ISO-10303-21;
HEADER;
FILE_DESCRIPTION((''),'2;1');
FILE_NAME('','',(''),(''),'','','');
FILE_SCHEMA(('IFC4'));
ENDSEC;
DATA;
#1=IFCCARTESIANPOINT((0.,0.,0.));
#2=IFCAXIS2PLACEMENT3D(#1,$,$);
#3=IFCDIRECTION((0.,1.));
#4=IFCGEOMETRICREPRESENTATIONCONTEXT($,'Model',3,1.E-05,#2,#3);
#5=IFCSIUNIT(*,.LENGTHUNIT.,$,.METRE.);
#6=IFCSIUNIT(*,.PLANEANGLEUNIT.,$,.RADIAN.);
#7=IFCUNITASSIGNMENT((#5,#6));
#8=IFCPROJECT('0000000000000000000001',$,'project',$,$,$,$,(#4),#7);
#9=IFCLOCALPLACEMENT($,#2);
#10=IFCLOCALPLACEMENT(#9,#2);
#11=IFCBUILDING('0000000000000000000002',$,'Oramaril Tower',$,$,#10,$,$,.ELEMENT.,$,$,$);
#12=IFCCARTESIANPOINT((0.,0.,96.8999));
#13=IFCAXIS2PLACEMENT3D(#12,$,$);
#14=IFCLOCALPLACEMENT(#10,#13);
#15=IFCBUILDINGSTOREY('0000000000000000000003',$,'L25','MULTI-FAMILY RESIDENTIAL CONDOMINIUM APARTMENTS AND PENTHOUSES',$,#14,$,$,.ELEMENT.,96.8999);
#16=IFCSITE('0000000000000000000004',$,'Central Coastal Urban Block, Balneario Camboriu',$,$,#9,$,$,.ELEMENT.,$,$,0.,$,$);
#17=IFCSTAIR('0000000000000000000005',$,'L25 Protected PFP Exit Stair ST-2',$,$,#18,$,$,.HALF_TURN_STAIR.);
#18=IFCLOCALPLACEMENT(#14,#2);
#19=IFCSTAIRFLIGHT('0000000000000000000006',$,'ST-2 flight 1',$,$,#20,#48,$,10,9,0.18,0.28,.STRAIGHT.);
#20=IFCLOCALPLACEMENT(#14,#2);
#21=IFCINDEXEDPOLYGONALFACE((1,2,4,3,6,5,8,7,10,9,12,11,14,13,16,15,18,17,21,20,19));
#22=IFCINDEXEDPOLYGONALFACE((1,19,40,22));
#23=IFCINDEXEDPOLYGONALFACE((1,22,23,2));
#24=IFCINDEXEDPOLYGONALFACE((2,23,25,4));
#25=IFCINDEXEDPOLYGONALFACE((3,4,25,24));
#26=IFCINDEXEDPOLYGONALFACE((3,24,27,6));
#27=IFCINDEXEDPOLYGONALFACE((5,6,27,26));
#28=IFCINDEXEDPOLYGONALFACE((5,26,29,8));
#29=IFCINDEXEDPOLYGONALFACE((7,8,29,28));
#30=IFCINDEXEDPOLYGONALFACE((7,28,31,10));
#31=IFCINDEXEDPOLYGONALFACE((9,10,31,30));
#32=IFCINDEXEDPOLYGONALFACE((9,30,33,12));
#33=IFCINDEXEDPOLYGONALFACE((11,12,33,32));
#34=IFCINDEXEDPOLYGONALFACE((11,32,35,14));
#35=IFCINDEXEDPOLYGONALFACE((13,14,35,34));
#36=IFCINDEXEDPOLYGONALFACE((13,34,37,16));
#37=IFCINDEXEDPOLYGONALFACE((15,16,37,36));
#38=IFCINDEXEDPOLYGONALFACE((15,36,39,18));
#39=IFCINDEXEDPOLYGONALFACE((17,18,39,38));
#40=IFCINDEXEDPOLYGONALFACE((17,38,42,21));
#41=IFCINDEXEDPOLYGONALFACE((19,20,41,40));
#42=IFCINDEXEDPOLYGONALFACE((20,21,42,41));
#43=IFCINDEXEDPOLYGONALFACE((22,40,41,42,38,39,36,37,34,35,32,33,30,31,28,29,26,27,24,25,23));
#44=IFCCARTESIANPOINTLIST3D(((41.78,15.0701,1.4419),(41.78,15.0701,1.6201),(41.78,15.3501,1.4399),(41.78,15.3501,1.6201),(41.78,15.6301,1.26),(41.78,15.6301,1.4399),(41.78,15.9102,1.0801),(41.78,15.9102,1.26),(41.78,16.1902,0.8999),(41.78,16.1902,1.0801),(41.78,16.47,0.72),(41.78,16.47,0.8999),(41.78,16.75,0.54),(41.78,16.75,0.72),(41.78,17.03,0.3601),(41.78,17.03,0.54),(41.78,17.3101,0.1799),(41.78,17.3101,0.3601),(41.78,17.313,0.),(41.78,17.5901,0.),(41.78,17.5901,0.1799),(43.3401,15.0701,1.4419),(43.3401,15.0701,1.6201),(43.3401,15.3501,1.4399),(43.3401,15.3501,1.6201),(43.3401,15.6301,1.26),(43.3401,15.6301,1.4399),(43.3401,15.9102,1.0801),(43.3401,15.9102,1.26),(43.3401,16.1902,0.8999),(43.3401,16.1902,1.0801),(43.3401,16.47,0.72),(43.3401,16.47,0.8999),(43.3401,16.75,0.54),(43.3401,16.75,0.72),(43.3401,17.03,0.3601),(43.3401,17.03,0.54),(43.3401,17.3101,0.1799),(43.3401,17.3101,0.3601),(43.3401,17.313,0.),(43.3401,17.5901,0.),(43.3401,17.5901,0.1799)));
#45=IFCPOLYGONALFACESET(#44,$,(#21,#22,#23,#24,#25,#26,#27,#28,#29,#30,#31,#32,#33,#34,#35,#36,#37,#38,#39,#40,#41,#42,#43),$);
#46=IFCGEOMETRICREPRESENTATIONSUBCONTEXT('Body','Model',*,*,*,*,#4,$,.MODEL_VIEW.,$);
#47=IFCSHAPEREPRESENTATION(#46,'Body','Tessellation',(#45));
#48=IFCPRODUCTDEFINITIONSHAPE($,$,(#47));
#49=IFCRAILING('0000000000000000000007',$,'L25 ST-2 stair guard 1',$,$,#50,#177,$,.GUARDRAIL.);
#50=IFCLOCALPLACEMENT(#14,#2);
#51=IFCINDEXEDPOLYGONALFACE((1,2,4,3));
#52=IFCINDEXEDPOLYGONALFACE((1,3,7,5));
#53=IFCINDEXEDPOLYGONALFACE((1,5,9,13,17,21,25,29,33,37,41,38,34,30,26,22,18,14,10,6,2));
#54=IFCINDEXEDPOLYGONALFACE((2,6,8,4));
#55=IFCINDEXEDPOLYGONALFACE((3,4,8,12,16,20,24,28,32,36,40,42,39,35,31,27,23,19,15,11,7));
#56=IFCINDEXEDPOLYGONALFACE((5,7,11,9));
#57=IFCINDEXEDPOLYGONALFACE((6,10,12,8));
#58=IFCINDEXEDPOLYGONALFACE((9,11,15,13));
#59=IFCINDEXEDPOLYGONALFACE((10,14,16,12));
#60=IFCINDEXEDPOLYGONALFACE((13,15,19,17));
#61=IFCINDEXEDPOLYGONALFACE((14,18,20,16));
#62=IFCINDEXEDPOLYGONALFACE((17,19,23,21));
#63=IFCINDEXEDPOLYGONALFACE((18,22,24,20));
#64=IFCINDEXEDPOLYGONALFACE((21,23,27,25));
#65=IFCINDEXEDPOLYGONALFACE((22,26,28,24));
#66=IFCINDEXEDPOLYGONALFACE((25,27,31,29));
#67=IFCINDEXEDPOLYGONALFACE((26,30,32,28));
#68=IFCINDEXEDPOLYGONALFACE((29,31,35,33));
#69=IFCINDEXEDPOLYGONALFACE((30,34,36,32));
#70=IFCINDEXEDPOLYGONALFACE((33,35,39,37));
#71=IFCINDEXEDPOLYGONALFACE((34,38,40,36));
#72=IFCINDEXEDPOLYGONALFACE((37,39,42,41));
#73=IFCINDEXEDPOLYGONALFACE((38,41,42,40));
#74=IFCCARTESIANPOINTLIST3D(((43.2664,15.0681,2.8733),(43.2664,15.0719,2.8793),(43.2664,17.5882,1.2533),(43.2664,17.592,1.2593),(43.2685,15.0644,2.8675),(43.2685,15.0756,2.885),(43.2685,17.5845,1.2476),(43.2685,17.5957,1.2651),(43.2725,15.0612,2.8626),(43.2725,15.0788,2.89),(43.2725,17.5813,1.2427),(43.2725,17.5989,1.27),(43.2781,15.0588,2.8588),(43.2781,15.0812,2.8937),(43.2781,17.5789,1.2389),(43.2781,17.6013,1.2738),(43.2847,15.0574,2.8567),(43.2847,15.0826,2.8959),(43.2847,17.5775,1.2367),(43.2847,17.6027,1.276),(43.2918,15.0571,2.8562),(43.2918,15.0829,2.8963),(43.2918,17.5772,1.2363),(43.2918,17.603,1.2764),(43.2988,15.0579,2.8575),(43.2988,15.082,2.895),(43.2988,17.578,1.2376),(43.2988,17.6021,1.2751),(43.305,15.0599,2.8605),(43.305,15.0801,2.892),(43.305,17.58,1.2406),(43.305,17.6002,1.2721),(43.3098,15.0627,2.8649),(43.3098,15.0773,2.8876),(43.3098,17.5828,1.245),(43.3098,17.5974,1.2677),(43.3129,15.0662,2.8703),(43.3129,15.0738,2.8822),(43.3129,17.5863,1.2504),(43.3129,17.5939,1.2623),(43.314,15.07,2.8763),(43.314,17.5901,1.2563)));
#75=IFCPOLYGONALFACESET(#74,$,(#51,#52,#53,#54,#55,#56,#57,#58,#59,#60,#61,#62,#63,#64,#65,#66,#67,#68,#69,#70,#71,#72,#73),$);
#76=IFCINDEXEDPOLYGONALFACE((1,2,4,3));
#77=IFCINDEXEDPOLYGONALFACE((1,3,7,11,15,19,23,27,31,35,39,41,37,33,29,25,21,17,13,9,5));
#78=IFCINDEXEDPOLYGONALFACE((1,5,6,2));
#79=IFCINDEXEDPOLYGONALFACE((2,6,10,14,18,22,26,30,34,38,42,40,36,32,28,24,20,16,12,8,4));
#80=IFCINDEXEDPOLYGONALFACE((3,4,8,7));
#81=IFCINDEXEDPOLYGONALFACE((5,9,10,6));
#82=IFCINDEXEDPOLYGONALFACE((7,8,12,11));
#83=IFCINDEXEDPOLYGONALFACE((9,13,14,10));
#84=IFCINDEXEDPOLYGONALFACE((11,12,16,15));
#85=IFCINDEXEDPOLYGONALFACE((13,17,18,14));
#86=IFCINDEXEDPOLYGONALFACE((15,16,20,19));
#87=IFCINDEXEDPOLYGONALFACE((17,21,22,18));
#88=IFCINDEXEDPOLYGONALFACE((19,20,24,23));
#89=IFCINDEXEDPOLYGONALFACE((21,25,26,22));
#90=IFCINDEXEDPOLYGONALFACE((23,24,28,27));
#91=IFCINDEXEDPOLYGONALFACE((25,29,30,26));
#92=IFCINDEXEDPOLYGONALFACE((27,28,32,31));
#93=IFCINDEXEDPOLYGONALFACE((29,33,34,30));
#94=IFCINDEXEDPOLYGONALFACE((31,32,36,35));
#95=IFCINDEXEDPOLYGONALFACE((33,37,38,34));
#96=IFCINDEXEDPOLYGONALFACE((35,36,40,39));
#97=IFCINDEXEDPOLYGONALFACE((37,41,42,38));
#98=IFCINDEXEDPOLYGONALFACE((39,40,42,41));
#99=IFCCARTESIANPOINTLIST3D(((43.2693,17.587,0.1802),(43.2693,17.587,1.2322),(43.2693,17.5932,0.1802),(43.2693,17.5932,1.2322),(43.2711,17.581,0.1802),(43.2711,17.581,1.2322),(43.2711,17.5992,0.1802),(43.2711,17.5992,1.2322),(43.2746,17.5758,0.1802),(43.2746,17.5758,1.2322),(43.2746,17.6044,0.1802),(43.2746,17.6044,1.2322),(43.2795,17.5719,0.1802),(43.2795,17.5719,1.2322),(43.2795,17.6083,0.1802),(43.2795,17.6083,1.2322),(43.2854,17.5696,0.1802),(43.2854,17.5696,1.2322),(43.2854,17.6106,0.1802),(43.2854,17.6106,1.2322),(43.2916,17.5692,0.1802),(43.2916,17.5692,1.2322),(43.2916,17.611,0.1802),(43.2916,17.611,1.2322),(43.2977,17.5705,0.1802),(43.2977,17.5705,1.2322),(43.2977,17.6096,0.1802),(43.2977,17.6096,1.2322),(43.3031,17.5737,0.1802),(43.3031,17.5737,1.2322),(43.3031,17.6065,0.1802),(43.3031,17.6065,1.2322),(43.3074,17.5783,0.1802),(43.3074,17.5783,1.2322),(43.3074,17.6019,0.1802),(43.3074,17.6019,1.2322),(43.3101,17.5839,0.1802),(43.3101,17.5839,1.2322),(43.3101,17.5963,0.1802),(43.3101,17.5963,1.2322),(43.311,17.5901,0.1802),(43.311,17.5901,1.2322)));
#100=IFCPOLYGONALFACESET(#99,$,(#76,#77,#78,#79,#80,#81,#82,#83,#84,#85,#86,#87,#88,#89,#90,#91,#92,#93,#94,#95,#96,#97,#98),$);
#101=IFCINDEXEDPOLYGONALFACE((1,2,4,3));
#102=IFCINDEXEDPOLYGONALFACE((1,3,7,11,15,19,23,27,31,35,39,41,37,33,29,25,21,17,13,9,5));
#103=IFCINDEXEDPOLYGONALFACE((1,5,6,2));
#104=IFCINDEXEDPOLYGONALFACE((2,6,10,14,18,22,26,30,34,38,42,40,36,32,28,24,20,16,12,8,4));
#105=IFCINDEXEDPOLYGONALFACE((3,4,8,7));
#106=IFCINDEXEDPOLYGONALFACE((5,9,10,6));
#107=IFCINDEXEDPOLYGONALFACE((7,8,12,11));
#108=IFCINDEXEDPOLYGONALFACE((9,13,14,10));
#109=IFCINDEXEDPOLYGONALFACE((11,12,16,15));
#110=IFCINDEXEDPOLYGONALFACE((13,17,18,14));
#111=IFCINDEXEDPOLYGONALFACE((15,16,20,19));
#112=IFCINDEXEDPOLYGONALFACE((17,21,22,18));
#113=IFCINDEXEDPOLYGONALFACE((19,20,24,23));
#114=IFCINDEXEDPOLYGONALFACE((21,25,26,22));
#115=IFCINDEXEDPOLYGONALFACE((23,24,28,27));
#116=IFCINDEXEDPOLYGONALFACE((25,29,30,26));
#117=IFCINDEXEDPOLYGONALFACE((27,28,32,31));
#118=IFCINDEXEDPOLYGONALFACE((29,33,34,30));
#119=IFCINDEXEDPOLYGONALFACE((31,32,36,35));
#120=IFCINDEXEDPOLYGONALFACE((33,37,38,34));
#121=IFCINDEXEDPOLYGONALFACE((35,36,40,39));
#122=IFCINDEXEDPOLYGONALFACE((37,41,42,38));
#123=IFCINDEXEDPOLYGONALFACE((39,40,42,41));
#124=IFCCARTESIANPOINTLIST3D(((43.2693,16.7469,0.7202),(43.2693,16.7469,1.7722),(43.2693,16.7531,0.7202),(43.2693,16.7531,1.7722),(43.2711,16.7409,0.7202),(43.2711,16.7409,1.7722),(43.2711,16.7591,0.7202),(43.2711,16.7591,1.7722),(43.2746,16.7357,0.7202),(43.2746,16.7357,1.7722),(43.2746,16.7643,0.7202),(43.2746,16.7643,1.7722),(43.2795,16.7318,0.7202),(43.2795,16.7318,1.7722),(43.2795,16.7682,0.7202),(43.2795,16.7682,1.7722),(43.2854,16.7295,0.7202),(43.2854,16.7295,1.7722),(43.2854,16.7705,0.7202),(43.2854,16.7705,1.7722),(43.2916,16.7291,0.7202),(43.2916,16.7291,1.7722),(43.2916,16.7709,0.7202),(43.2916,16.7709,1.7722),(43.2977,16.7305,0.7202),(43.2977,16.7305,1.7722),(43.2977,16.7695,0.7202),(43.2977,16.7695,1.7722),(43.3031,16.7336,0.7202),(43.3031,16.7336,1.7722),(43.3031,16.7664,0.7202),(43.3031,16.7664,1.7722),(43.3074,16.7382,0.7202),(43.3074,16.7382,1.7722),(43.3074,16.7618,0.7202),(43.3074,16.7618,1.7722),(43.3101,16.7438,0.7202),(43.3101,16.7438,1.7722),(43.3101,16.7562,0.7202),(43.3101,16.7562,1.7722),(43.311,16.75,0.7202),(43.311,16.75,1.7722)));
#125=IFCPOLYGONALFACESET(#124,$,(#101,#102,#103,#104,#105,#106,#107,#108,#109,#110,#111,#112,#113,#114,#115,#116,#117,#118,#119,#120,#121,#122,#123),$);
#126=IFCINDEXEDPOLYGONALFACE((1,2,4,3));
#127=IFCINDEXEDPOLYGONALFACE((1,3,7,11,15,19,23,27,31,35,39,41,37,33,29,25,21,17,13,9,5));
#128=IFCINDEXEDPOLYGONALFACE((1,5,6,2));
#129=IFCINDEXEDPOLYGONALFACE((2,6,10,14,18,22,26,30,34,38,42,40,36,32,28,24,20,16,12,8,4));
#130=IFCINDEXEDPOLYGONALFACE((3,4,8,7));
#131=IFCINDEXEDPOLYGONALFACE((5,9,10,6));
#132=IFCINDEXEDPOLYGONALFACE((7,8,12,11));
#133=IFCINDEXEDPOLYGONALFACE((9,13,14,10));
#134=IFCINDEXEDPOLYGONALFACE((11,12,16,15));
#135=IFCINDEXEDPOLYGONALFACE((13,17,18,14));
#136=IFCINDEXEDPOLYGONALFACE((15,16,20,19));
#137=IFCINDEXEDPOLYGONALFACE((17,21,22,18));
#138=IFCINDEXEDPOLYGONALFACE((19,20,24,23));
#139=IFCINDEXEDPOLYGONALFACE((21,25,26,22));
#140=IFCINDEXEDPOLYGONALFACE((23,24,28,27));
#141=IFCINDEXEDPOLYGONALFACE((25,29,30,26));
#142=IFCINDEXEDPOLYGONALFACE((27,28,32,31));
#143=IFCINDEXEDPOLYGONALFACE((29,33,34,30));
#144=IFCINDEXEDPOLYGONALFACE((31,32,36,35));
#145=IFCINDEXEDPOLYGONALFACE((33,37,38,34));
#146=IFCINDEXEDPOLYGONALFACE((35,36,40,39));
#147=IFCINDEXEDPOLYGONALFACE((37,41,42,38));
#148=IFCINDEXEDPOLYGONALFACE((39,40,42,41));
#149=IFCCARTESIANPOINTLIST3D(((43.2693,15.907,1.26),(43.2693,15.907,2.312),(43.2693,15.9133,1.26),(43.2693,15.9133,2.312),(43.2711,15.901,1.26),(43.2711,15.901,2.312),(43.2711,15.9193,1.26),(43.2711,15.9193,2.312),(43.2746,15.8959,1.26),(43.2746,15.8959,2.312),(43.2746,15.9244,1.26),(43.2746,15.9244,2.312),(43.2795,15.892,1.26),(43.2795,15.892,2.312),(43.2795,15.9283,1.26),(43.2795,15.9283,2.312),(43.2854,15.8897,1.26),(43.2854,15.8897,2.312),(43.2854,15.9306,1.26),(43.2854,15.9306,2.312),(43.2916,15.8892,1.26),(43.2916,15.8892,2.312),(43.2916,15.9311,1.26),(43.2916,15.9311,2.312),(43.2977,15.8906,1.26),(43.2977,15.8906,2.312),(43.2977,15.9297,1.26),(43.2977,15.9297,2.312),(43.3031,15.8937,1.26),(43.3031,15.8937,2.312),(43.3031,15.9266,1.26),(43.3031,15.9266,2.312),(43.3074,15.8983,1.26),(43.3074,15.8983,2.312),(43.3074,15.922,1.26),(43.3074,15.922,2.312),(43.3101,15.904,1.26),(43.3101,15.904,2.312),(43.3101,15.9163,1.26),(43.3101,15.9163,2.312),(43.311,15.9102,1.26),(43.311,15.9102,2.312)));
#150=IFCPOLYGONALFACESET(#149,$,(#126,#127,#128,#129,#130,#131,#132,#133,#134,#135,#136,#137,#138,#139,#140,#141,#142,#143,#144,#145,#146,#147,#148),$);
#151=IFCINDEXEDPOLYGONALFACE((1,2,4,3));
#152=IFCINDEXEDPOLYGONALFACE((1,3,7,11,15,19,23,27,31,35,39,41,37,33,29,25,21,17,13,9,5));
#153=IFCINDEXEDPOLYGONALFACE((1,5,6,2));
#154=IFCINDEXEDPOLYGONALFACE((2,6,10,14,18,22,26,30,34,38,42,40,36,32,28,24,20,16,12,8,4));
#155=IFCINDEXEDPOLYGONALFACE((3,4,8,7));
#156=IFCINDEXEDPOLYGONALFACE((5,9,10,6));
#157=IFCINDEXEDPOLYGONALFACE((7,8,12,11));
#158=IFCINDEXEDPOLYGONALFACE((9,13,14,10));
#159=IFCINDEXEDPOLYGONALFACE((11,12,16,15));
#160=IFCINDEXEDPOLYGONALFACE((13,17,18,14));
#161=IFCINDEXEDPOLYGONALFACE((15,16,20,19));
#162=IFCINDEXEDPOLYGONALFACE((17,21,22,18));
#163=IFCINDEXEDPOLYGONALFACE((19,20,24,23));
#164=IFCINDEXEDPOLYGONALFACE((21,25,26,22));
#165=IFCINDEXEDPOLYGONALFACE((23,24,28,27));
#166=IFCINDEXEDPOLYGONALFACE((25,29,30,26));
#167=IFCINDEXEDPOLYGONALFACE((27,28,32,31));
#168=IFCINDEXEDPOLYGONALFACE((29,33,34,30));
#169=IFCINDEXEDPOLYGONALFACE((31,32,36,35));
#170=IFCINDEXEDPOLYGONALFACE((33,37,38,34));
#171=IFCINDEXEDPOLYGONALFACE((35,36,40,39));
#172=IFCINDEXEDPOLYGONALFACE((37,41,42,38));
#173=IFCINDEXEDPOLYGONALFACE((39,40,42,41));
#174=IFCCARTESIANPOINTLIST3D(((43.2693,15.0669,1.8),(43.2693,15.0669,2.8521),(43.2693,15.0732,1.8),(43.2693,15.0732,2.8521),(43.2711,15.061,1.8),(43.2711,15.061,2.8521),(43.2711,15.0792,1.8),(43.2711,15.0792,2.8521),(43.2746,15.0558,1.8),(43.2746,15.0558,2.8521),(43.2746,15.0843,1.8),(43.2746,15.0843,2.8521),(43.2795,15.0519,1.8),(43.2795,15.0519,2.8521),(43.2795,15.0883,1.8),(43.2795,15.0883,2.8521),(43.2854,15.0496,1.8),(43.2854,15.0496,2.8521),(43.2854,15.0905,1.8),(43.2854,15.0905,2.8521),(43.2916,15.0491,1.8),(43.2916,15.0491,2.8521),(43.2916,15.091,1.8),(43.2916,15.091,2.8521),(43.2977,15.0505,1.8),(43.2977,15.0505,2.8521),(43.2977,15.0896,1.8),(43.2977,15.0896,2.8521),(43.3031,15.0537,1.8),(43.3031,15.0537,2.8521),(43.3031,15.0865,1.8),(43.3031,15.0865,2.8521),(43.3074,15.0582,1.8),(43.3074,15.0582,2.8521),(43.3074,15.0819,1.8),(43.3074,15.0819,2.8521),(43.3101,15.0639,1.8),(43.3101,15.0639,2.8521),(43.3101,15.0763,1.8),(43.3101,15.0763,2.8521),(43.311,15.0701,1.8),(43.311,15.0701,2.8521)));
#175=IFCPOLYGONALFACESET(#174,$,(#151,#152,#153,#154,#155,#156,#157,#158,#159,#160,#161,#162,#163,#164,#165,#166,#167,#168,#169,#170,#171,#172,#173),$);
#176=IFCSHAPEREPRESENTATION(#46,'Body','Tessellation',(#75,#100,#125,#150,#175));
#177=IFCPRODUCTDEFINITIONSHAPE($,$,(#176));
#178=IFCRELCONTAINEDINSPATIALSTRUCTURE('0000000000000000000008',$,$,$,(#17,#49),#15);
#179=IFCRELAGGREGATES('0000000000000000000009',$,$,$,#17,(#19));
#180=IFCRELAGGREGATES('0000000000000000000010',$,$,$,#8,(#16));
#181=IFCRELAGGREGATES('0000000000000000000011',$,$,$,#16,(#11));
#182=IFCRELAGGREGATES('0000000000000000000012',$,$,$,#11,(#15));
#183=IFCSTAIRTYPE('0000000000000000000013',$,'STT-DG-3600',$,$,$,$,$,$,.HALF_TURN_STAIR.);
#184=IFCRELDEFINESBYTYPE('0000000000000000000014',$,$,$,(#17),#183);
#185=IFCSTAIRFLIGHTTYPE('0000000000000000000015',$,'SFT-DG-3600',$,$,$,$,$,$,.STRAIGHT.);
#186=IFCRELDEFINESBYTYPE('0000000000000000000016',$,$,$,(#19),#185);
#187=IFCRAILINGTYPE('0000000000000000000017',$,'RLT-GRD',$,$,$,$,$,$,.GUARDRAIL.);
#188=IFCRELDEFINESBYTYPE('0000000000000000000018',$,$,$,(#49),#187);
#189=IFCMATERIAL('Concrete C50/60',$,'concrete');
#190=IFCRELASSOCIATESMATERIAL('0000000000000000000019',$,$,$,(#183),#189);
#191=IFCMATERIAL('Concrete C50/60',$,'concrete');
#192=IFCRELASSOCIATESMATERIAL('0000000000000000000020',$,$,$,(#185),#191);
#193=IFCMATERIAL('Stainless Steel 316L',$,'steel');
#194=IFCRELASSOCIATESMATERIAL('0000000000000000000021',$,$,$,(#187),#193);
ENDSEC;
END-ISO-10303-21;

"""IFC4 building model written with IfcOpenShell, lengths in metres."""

from ifc_helpers import new_model, si_unit, direction, frame, origin, origin_2d, place, context, subcontext, project, spatial, polyline, circle, outline, extrude, material, type_object, element, aggregate, save


model = new_model("IFC4")

# Units and contexts
model_context = context("Model", 3, precision=1e-05, world=origin(), true_north=direction((0.0, 1.0)))
body_context = subcontext(model_context, "Body", "Model", "MODEL_VIEW")
ifc_project = project(units=[si_unit("LENGTHUNIT", "METRE"), si_unit("PLANEANGLEUNIT", "RADIAN")], contexts=[model_context])

# Site, building, storey
site_placement = place(None, origin())
site = spatial("IfcSite", under=ifc_project, at=site_placement, Name="Central Coastal Urban Block, Balneario Camboriu", CompositionType="ELEMENT", RefElevation=0.0)
building_placement = place(site_placement, origin())
building = spatial("IfcBuilding", under=site, at=building_placement, Name="Oramaril Tower", CompositionType="ELEMENT")
storey_placement = place(building_placement, frame((0.0, 0.0, 96.8999)))
storey = spatial("IfcBuildingStorey", under=building, at=storey_placement, Name="L25", Description="MULTI-FAMILY RESIDENTIAL CONDOMINIUM APARTMENTS AND PENTHOUSES", CompositionType="ELEMENT", Elevation=96.8999)

# Stair, stair flight
ifc_material_1 = material(Name="Concrete C50/60", Category="concrete")
stair_type = type_object("IfcStairType", Name="STT-DG-3600", PredefinedType="HALF_TURN_STAIR", material=ifc_material_1)
stair_placement = place(storey_placement, origin())
stair = element("IfcStair", 1, at=stair_placement, inside=storey, type_object=stair_type, Name="L25 Protected PFP Exit Stair ST-2", PredefinedType="HALF_TURN_STAIR")
ifc_material_2 = material(Name="Concrete C50/60", Category="concrete")
stair_flight_type = type_object("IfcStairFlightType", Name="SFT-DG-3600", PredefinedType="STRAIGHT", material=ifc_material_2)
stair_flight_placement = place(storey_placement, frame((42.5601, 17.5901, 0.0), z_axis=(0.0, 0.0, 1.0), x_axis=(0.0, -1.0, 0.0)))
stair_flight = element("IfcStairFlight", 2, at=stair_flight_placement, type_object=stair_flight_type, Name="ST-2 flight 1", NumberOfRisers=10, NumberOfTreads=9, PredefinedType="STRAIGHT", RiserHeight=0.18, TreadLength=0.28, context=body_context, shape_type="SweptSolid", body=[
    extrude(outline(polyline([(0.0, 0.0), (0.0, 0.1799), (0.28, 0.1799), (0.28, 0.3601), (0.5601, 0.3601), (0.5601, 0.54), (0.8401, 0.54), (0.8401, 0.72), (1.1201, 0.72), (1.1201, 0.8999), (1.3999, 0.8999), (1.3999, 1.0801), (1.6799, 1.0801), (1.6799, 1.26), (1.96, 1.26), (1.96, 1.4399), (2.24, 1.4399), (2.24, 1.6201), (2.52, 1.6201), (2.52, 1.8), (2.52, 1.4419), (0.2771, 0.0), (0.0, 0.0)])), frame((0.0, 0.78, 0.0), z_axis=(0.0, -1.0, 0.0), x_axis=(1.0, 0.0, 0.0)), (0.0, 0.0, 1.0), 1.5601),
])
aggregate(stair, [stair_flight])

# Railing
ifc_material_3 = material(Name="Stainless Steel 316L", Category="steel")
railing_type_1 = type_object("IfcRailingType", Name="RLT-GRD", PredefinedType="GUARDRAIL", material=ifc_material_3)
railing_1_placement = place(storey_placement, frame((43.29, 17.5901, 0.1802)))
element("IfcRailing", 3, at=railing_1_placement, inside=storey, type_object=railing_type_1, Name="L25 ST-2 stair guard 1", PredefinedType="GUARDRAIL", context=body_context, shape_type="SweptSolid", body=[
    extrude(circle(Radius=0.0239, at=origin_2d()), frame((0.0, 0.0, 1.0762), z_axis=(0.0, -0.8412, 0.540725), x_axis=(1.0, 0.0, 0.0)), (0.0, 0.0, 1.0), 2.9958),
    extrude(circle(Radius=0.021, at=origin_2d()), origin(), (0.0, 0.0, 1.0), 1.052),
    extrude(circle(Radius=0.021, at=origin_2d()), frame((0.0, -0.8401, 0.54)), (0.0, 0.0, 1.0), 1.052),
    extrude(circle(Radius=0.021, at=origin_2d()), frame((0.0, -1.6799, 1.0798)), (0.0, 0.0, 1.0), 1.052),
    extrude(circle(Radius=0.021, at=origin_2d()), frame((0.0, -2.52, 1.6199)), (0.0, 0.0, 1.0), 1.052),
])

save(model, "model.ifc")
